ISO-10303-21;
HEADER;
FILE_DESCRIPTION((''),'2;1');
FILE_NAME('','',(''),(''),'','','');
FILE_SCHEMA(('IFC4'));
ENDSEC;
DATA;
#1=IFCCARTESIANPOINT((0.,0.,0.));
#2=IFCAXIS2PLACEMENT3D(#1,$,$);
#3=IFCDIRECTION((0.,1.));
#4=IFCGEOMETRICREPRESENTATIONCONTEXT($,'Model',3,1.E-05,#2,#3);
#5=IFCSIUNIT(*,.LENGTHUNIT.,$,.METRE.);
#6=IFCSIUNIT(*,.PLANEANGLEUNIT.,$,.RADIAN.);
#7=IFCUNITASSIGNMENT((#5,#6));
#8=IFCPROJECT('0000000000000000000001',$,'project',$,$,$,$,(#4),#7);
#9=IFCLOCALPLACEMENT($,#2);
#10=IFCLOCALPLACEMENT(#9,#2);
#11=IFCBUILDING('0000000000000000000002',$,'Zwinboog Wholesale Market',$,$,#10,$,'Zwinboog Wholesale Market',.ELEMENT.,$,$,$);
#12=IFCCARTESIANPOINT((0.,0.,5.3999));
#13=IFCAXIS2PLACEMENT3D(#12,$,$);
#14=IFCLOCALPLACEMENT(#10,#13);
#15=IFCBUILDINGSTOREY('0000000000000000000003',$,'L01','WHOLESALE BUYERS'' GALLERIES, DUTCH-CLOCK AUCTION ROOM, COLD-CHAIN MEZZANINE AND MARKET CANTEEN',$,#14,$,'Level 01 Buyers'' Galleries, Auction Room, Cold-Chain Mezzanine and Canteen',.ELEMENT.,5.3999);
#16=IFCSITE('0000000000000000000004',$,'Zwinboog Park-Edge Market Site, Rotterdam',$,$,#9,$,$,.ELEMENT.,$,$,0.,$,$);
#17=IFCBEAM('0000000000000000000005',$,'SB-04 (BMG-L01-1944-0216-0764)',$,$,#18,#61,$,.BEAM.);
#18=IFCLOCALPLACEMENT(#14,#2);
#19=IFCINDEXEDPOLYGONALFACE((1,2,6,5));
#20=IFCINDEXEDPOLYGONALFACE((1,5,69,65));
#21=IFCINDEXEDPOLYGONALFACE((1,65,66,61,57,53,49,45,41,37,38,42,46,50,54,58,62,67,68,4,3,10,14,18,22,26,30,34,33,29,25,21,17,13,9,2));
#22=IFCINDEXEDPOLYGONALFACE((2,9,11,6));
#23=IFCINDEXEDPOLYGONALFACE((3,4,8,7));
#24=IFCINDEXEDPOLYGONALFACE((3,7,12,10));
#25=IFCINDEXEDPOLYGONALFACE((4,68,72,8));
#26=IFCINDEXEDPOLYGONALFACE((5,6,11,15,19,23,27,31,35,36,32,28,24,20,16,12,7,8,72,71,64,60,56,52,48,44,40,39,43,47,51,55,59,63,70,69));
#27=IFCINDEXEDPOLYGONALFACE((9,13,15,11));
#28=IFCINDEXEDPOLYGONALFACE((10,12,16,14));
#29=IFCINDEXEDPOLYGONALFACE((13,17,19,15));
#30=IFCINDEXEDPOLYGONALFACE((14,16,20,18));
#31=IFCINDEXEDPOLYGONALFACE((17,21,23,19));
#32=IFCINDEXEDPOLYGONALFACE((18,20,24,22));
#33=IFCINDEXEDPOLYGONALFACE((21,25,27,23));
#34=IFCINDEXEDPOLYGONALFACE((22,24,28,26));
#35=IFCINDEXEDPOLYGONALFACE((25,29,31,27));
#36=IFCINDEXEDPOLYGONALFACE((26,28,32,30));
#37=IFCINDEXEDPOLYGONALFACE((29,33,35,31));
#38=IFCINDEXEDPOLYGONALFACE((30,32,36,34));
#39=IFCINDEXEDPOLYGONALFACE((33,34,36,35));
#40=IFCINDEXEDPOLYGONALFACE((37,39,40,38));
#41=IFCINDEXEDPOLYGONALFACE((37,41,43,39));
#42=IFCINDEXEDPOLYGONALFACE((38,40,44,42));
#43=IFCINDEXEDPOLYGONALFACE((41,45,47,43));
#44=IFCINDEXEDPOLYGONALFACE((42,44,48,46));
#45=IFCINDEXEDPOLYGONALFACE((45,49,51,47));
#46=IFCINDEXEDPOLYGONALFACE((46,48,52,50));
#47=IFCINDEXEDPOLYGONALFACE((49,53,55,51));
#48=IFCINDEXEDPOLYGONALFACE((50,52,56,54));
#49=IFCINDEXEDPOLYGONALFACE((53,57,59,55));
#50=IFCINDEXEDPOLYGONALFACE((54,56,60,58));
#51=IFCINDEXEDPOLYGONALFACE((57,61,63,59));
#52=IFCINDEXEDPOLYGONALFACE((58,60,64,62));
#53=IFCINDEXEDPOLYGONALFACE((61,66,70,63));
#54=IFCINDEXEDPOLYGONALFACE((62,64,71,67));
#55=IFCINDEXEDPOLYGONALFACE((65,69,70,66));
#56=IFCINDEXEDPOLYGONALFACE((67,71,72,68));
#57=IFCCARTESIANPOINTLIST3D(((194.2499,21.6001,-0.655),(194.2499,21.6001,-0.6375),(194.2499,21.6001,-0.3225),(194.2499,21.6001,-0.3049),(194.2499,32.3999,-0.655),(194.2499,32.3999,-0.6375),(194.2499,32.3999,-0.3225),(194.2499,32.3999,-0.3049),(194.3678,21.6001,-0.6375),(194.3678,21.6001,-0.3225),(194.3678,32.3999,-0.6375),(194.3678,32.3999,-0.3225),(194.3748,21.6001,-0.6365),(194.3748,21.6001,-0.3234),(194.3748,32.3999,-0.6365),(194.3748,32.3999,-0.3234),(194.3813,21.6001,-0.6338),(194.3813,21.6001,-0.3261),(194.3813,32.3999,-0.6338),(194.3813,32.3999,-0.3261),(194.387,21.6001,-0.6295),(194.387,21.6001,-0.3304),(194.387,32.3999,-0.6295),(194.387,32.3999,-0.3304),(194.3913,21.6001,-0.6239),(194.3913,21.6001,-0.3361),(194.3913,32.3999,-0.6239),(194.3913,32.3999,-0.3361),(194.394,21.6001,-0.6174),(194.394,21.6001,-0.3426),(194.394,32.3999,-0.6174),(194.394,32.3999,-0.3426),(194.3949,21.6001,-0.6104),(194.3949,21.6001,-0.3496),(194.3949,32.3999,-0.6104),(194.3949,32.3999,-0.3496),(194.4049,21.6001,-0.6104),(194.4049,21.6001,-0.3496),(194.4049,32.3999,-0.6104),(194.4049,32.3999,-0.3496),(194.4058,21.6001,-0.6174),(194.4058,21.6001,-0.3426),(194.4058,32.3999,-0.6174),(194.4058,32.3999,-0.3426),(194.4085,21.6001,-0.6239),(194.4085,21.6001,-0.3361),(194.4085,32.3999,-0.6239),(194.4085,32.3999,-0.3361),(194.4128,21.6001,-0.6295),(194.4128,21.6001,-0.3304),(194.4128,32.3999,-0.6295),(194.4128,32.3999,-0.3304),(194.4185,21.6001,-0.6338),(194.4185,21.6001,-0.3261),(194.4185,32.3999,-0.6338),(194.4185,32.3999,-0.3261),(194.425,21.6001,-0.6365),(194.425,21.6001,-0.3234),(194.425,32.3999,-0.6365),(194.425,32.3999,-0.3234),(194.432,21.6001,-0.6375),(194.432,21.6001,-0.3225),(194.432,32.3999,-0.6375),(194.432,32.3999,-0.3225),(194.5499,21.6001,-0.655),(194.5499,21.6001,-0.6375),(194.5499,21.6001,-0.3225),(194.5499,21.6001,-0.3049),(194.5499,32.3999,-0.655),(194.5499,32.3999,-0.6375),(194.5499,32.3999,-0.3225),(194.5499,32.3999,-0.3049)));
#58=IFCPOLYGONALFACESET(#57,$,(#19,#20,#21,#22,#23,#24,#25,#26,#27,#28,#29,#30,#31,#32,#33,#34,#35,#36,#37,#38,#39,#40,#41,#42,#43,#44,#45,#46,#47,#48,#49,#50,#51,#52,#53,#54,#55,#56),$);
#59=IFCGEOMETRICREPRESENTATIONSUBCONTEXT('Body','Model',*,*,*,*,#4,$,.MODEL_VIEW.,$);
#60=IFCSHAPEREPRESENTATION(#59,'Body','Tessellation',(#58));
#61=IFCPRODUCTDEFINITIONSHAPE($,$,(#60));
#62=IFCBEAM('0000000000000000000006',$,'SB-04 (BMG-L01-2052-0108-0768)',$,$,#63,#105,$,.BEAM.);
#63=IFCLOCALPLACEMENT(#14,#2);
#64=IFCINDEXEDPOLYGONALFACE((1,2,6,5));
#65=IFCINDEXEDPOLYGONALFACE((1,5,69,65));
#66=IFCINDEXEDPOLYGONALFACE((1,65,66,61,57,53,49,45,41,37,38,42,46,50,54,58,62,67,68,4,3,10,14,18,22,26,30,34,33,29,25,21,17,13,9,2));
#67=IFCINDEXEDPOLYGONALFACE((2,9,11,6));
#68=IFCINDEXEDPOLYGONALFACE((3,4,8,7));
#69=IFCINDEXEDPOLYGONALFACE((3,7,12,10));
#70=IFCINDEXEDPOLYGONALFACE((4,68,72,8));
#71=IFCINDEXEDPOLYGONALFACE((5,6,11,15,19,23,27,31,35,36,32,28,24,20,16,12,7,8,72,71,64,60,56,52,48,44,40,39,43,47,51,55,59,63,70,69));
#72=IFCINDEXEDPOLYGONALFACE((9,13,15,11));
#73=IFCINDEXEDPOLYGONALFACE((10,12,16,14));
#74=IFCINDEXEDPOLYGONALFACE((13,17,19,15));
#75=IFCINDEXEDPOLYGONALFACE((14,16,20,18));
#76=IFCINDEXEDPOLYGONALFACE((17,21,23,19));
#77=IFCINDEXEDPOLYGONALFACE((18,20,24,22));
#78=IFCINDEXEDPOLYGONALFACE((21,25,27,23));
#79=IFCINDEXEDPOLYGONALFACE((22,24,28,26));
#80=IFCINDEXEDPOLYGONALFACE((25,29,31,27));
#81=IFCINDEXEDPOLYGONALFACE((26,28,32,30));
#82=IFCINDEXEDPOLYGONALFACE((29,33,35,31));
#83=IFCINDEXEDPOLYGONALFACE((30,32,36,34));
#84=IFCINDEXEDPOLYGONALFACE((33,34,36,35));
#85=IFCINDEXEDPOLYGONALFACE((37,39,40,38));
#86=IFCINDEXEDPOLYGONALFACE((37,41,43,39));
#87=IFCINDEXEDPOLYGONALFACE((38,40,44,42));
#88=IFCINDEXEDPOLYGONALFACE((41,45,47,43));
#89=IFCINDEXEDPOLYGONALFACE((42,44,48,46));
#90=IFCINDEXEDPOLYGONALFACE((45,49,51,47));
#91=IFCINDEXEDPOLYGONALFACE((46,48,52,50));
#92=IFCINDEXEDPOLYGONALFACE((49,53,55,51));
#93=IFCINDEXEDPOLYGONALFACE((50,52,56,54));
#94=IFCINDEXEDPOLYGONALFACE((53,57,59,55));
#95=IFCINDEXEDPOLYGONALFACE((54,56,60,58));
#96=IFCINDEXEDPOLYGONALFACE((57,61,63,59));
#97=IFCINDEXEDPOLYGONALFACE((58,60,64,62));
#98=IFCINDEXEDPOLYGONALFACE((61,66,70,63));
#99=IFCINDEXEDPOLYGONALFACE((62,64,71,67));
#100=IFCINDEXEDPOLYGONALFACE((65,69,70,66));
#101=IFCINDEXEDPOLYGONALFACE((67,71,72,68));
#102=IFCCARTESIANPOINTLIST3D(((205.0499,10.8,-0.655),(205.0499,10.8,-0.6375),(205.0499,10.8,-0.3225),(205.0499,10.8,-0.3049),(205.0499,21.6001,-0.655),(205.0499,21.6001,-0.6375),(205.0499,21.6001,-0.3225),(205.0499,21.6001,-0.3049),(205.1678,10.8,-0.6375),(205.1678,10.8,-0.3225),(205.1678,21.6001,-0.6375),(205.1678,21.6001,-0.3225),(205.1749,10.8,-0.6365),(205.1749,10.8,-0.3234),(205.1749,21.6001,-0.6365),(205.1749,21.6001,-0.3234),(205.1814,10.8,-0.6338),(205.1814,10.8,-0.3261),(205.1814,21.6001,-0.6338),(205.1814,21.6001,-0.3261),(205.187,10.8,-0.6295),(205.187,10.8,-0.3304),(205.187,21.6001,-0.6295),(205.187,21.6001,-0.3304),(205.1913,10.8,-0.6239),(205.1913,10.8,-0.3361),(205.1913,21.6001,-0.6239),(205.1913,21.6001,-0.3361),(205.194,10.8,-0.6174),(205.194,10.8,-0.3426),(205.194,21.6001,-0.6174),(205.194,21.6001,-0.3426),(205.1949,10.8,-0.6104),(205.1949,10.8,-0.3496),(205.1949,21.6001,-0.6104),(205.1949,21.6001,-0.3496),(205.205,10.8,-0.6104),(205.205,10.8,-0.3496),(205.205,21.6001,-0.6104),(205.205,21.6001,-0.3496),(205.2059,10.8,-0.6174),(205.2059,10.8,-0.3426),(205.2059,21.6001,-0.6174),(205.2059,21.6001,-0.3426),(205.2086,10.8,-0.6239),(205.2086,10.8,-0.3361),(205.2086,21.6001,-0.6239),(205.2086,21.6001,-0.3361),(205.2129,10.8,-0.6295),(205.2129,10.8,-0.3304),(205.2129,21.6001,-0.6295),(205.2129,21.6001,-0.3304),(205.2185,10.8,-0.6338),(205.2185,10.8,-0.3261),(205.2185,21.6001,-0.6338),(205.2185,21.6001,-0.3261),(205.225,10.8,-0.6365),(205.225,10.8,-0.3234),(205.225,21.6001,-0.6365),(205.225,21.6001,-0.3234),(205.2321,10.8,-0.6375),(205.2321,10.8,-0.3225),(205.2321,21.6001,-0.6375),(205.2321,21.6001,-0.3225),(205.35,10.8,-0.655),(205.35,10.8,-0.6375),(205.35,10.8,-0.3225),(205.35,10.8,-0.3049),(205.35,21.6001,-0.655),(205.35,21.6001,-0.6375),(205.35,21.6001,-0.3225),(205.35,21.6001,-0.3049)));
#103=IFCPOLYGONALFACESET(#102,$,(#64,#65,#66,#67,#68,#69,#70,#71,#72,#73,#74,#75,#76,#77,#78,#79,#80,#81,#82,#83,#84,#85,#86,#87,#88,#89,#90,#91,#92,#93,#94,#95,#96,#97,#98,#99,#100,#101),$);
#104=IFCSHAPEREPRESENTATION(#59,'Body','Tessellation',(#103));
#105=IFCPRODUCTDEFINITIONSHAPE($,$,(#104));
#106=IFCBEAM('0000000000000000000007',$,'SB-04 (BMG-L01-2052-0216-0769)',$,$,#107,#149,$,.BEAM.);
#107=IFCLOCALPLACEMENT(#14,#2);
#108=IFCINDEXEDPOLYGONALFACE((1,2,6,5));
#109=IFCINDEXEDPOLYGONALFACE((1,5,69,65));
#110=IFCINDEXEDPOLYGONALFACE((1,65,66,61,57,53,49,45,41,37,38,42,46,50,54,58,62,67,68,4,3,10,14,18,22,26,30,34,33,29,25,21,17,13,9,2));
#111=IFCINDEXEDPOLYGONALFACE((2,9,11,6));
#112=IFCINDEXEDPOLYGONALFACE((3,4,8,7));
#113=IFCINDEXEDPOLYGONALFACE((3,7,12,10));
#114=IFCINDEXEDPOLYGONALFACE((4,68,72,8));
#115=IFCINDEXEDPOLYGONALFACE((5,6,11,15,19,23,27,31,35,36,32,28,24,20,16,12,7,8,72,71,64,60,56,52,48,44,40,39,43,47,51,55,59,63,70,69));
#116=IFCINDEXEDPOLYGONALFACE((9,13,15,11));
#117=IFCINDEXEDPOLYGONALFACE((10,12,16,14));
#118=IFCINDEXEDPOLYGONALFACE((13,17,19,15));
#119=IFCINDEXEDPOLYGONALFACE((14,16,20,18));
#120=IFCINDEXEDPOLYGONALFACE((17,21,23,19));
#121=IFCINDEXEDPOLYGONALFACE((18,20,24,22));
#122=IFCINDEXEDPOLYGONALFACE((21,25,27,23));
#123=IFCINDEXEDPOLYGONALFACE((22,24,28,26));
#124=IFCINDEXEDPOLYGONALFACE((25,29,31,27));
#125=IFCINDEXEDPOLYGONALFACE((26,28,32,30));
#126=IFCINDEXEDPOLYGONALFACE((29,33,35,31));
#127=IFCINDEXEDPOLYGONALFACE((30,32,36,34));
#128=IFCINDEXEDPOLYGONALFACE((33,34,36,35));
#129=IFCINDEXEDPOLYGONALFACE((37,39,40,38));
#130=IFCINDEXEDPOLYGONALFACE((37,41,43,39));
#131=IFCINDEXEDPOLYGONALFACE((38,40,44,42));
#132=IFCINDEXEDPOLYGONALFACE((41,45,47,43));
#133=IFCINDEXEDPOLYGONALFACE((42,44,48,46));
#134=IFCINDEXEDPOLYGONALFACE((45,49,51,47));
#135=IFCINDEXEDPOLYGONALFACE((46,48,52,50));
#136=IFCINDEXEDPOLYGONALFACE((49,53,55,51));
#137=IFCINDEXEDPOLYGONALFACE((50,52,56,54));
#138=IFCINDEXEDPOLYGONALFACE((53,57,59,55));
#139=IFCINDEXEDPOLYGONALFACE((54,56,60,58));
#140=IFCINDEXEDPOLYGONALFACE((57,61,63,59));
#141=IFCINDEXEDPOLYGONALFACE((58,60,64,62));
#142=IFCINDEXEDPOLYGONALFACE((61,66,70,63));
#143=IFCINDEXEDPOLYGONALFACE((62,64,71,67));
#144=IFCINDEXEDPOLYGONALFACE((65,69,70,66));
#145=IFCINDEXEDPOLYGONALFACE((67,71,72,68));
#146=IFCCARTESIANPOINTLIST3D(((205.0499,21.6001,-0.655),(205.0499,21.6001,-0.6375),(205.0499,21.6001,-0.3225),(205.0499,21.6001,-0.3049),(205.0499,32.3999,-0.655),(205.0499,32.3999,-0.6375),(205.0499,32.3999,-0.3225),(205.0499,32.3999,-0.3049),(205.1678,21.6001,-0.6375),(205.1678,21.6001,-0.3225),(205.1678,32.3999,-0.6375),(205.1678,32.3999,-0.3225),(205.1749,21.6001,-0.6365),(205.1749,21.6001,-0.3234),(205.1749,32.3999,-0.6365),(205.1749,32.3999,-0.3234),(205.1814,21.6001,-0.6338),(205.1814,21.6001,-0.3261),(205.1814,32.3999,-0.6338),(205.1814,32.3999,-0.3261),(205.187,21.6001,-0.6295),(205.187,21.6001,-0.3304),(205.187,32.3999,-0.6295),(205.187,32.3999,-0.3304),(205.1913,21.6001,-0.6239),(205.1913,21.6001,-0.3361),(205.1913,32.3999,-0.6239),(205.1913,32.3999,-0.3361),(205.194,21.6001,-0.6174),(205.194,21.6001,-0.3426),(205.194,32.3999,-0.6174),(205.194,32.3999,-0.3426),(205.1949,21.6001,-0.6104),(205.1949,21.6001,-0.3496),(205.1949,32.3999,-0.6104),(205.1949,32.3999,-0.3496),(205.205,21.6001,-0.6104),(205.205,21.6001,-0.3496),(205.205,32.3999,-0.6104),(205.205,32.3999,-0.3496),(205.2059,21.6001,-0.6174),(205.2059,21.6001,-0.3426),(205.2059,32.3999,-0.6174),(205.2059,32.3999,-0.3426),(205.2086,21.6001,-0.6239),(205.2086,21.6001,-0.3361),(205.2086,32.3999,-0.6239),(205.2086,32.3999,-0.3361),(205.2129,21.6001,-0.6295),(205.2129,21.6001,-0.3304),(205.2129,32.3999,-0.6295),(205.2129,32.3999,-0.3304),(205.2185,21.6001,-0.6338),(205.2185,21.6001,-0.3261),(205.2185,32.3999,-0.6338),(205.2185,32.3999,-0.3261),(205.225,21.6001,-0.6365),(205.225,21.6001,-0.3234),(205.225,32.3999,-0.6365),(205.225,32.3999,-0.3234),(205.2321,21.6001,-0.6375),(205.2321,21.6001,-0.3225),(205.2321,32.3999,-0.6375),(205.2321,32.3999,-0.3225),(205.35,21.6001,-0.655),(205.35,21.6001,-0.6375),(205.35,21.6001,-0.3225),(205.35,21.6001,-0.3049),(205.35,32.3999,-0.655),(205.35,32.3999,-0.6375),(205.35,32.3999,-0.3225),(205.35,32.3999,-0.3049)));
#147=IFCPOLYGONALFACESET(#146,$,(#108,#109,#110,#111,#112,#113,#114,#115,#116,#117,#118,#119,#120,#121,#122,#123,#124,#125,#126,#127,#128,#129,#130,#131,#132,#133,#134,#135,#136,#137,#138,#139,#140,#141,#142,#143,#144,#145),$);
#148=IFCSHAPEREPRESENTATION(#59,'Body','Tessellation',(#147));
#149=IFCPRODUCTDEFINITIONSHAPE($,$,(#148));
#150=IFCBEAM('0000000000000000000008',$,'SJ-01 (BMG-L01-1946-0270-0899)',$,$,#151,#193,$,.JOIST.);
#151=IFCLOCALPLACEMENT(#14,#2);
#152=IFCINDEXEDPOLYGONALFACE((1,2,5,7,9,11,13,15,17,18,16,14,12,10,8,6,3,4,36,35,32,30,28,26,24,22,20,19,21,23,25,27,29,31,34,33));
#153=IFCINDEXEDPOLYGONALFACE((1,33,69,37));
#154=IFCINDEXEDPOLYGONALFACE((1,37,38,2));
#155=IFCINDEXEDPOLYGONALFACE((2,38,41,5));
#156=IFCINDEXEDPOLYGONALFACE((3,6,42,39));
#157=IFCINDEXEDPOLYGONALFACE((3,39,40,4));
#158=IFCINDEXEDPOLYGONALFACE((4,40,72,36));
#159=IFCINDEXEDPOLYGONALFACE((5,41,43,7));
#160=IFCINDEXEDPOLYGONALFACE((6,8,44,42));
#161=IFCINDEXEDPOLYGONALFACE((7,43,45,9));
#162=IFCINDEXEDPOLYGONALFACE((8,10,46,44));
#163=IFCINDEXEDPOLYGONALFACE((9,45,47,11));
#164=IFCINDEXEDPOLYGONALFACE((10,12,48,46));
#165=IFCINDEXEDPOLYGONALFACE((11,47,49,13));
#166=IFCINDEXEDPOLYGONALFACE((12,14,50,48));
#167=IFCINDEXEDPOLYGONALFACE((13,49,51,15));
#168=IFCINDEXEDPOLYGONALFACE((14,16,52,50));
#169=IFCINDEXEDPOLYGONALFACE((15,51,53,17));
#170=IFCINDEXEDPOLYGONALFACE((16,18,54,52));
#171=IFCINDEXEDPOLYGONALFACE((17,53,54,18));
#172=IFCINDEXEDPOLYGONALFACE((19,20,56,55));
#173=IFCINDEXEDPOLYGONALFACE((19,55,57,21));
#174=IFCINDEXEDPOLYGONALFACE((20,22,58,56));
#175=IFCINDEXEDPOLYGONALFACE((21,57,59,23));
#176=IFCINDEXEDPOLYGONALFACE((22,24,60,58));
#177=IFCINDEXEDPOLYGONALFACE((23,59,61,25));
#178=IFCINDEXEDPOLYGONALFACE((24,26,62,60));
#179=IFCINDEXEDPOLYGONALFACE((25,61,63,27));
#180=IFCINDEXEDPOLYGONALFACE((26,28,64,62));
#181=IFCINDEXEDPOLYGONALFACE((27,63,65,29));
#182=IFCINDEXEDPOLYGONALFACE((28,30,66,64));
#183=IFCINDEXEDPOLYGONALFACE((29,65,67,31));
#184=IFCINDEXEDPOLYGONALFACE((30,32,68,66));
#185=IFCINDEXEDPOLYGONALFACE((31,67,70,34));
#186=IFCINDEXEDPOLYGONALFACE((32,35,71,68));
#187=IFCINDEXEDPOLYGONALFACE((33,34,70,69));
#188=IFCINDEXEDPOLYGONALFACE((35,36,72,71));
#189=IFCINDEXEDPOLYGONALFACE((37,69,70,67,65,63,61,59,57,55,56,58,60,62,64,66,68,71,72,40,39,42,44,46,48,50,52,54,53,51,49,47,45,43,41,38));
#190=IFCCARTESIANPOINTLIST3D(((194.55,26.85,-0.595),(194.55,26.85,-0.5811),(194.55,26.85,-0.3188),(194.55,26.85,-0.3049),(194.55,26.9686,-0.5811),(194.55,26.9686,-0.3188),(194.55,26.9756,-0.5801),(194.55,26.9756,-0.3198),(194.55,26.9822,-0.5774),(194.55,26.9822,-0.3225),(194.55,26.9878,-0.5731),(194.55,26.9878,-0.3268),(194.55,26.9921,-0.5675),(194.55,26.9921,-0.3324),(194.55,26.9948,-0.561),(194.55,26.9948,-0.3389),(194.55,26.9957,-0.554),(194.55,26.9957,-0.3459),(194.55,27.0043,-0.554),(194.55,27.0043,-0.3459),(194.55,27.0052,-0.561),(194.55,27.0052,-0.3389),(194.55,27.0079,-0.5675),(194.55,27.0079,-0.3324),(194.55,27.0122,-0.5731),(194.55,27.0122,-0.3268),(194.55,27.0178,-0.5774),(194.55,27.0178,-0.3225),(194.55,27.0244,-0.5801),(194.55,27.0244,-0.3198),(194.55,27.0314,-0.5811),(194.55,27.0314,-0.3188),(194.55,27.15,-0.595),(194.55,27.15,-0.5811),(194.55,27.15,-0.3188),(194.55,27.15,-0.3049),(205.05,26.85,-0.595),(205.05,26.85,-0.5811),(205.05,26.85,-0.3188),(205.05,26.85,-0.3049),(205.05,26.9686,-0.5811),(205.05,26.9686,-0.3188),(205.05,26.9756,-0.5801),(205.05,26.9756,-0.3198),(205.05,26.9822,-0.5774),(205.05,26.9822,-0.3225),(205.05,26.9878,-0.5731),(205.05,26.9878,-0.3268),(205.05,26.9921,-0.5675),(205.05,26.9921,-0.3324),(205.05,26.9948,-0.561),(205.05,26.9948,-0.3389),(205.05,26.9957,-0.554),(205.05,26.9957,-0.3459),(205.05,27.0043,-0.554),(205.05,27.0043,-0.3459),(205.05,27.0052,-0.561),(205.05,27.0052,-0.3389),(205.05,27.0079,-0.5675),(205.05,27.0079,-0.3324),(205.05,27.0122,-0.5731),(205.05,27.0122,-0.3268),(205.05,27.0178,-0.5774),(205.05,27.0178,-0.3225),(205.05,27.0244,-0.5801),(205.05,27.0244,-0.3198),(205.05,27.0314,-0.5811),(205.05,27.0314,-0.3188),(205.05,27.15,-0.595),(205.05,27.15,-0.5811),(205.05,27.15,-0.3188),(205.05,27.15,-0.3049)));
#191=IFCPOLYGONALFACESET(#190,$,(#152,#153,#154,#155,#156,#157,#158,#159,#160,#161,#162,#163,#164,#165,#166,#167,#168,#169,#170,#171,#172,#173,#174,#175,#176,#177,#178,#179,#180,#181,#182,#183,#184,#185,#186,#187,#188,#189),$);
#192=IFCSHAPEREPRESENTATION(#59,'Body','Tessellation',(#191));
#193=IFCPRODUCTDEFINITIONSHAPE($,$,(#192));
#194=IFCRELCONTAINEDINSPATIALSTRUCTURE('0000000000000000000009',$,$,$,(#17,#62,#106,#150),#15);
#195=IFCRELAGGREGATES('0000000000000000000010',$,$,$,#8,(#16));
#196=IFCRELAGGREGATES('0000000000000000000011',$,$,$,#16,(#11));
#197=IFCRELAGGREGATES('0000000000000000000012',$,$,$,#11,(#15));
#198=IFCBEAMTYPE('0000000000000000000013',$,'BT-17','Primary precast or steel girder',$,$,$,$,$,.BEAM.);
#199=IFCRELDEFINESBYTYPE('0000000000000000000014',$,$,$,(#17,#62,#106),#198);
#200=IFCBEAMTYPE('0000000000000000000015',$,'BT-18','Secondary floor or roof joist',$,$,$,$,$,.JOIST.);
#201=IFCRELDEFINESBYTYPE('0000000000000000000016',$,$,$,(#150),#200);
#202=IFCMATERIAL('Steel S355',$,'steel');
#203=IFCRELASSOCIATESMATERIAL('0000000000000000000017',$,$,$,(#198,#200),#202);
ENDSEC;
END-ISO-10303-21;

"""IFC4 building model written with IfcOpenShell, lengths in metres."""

from ifc_helpers import new_model, si_unit, direction, frame, origin, origin_2d, place, context, subcontext, project, spatial, i_section, extrude, material, material_profile, profile_set, type_object, element, save


model = new_model("IFC4")

# Units and contexts
model_context = context("Model", 3, precision=1e-05, world=origin(), true_north=direction((0.0, 1.0)))
body_context = subcontext(model_context, "Body", "Model", "MODEL_VIEW")
ifc_project = project(units=[si_unit("LENGTHUNIT", "METRE"), si_unit("PLANEANGLEUNIT", "RADIAN")], contexts=[model_context])

# Site, building, storey
site_placement = place(None, origin())
site = spatial("IfcSite", under=ifc_project, at=site_placement, Name="Zwinboog Park-Edge Market Site, Rotterdam", CompositionType="ELEMENT", RefElevation=0.0)
building_placement = place(site_placement, origin())
building = spatial("IfcBuilding", under=site, at=building_placement, Name="Zwinboog Wholesale Market", LongName="Zwinboog Wholesale Market", CompositionType="ELEMENT")
storey_placement = place(building_placement, frame((0.0, 0.0, 5.3999)))
storey = spatial("IfcBuildingStorey", under=building, at=storey_placement, Name="L01", Description="WHOLESALE BUYERS' GALLERIES, DUTCH-CLOCK AUCTION ROOM, COLD-CHAIN MEZZANINE AND MARKET CANTEEN", LongName="Level 01 Buyers' Galleries, Auction Room, Cold-Chain Mezzanine and Canteen", CompositionType="ELEMENT", Elevation=5.3999)

# Beams
ifc_material_1 = material(Name="Steel S355", Category="steel")
ifc_material_profile_1 = material_profile(ifc_material_1, i_section(OverallWidth=0.3, OverallDepth=0.3501, WebThickness=0.01, FlangeThickness=0.0176, FilletRadius=0.0271, at=origin_2d()), Name="HEA 360")
ifc_profile_set_1 = profile_set([ifc_material_profile_1], Name="Steel S355")
beam_type_1 = type_object("IfcBeamType", Name="BT-17", Description="Primary precast or steel girder", PredefinedType="BEAM", material=ifc_profile_set_1)
beam_1_placement = place(storey_placement, frame((194.3999, 21.6001, -0.48), z_axis=(0.0, 1.0, 0.0), x_axis=(-1.0, 0.0, 0.0)))
element("IfcBeam", 1, at=beam_1_placement, inside=storey, type_object=beam_type_1, Name="SB-04 (BMG-L01-1944-0216-0764)", PredefinedType="BEAM", context=body_context, shape_type="SweptSolid", body=[
    extrude(i_section(OverallWidth=0.3, OverallDepth=0.3501, WebThickness=0.01, FlangeThickness=0.0176, FilletRadius=0.0271, at=origin_2d()), origin(), (0.0, 0.0, 1.0), 10.7998),
])
beam_2_placement = place(storey_placement, frame((205.2, 10.8, -0.48), z_axis=(0.0, 1.0, 0.0), x_axis=(-1.0, 0.0, 0.0)))
element("IfcBeam", 2, at=beam_2_placement, inside=storey, type_object=beam_type_1, Name="SB-04 (BMG-L01-2052-0108-0768)", PredefinedType="BEAM", context=body_context, shape_type="SweptSolid", body=[
    extrude(i_section(OverallWidth=0.3, OverallDepth=0.3501, WebThickness=0.01, FlangeThickness=0.0176, FilletRadius=0.0271, at=origin_2d()), origin(), (0.0, 0.0, 1.0), 10.8),
])
beam_3_placement = place(storey_placement, frame((205.2, 21.6001, -0.48), z_axis=(0.0, 1.0, 0.0), x_axis=(-1.0, 0.0, 0.0)))
element("IfcBeam", 3, at=beam_3_placement, inside=storey, type_object=beam_type_1, Name="SB-04 (BMG-L01-2052-0216-0769)", PredefinedType="BEAM", context=body_context, shape_type="SweptSolid", body=[
    extrude(i_section(OverallWidth=0.3, OverallDepth=0.3501, WebThickness=0.01, FlangeThickness=0.0176, FilletRadius=0.0271, at=origin_2d()), origin(), (0.0, 0.0, 1.0), 10.7998),
])
ifc_material_profile_2 = material_profile(ifc_material_1, i_section(OverallWidth=0.3, OverallDepth=0.29, WebThickness=0.0085, FlangeThickness=0.0139, FilletRadius=0.0271, at=origin_2d()), Name="HEA 300")
ifc_profile_set_2 = profile_set([ifc_material_profile_2], Name="Steel S355")
beam_type_2 = type_object("IfcBeamType", Name="BT-18", Description="Secondary floor or roof joist", PredefinedType="JOIST", material=ifc_profile_set_2)
beam_4_placement = place(storey_placement, frame((194.55, 27.0, -0.45), z_axis=(1.0, 0.0, 0.0), x_axis=(0.0, 1.0, 0.0)))
element("IfcBeam", 4, at=beam_4_placement, inside=storey, type_object=beam_type_2, Name="SJ-01 (BMG-L01-1946-0270-0899)", PredefinedType="JOIST", context=body_context, shape_type="SweptSolid", body=[
    extrude(i_section(OverallWidth=0.3, OverallDepth=0.29, WebThickness=0.0085, FlangeThickness=0.0139, FilletRadius=0.0271, at=origin_2d()), origin(), (0.0, 0.0, 1.0), 10.5),
])

save(model, "model.ifc")
